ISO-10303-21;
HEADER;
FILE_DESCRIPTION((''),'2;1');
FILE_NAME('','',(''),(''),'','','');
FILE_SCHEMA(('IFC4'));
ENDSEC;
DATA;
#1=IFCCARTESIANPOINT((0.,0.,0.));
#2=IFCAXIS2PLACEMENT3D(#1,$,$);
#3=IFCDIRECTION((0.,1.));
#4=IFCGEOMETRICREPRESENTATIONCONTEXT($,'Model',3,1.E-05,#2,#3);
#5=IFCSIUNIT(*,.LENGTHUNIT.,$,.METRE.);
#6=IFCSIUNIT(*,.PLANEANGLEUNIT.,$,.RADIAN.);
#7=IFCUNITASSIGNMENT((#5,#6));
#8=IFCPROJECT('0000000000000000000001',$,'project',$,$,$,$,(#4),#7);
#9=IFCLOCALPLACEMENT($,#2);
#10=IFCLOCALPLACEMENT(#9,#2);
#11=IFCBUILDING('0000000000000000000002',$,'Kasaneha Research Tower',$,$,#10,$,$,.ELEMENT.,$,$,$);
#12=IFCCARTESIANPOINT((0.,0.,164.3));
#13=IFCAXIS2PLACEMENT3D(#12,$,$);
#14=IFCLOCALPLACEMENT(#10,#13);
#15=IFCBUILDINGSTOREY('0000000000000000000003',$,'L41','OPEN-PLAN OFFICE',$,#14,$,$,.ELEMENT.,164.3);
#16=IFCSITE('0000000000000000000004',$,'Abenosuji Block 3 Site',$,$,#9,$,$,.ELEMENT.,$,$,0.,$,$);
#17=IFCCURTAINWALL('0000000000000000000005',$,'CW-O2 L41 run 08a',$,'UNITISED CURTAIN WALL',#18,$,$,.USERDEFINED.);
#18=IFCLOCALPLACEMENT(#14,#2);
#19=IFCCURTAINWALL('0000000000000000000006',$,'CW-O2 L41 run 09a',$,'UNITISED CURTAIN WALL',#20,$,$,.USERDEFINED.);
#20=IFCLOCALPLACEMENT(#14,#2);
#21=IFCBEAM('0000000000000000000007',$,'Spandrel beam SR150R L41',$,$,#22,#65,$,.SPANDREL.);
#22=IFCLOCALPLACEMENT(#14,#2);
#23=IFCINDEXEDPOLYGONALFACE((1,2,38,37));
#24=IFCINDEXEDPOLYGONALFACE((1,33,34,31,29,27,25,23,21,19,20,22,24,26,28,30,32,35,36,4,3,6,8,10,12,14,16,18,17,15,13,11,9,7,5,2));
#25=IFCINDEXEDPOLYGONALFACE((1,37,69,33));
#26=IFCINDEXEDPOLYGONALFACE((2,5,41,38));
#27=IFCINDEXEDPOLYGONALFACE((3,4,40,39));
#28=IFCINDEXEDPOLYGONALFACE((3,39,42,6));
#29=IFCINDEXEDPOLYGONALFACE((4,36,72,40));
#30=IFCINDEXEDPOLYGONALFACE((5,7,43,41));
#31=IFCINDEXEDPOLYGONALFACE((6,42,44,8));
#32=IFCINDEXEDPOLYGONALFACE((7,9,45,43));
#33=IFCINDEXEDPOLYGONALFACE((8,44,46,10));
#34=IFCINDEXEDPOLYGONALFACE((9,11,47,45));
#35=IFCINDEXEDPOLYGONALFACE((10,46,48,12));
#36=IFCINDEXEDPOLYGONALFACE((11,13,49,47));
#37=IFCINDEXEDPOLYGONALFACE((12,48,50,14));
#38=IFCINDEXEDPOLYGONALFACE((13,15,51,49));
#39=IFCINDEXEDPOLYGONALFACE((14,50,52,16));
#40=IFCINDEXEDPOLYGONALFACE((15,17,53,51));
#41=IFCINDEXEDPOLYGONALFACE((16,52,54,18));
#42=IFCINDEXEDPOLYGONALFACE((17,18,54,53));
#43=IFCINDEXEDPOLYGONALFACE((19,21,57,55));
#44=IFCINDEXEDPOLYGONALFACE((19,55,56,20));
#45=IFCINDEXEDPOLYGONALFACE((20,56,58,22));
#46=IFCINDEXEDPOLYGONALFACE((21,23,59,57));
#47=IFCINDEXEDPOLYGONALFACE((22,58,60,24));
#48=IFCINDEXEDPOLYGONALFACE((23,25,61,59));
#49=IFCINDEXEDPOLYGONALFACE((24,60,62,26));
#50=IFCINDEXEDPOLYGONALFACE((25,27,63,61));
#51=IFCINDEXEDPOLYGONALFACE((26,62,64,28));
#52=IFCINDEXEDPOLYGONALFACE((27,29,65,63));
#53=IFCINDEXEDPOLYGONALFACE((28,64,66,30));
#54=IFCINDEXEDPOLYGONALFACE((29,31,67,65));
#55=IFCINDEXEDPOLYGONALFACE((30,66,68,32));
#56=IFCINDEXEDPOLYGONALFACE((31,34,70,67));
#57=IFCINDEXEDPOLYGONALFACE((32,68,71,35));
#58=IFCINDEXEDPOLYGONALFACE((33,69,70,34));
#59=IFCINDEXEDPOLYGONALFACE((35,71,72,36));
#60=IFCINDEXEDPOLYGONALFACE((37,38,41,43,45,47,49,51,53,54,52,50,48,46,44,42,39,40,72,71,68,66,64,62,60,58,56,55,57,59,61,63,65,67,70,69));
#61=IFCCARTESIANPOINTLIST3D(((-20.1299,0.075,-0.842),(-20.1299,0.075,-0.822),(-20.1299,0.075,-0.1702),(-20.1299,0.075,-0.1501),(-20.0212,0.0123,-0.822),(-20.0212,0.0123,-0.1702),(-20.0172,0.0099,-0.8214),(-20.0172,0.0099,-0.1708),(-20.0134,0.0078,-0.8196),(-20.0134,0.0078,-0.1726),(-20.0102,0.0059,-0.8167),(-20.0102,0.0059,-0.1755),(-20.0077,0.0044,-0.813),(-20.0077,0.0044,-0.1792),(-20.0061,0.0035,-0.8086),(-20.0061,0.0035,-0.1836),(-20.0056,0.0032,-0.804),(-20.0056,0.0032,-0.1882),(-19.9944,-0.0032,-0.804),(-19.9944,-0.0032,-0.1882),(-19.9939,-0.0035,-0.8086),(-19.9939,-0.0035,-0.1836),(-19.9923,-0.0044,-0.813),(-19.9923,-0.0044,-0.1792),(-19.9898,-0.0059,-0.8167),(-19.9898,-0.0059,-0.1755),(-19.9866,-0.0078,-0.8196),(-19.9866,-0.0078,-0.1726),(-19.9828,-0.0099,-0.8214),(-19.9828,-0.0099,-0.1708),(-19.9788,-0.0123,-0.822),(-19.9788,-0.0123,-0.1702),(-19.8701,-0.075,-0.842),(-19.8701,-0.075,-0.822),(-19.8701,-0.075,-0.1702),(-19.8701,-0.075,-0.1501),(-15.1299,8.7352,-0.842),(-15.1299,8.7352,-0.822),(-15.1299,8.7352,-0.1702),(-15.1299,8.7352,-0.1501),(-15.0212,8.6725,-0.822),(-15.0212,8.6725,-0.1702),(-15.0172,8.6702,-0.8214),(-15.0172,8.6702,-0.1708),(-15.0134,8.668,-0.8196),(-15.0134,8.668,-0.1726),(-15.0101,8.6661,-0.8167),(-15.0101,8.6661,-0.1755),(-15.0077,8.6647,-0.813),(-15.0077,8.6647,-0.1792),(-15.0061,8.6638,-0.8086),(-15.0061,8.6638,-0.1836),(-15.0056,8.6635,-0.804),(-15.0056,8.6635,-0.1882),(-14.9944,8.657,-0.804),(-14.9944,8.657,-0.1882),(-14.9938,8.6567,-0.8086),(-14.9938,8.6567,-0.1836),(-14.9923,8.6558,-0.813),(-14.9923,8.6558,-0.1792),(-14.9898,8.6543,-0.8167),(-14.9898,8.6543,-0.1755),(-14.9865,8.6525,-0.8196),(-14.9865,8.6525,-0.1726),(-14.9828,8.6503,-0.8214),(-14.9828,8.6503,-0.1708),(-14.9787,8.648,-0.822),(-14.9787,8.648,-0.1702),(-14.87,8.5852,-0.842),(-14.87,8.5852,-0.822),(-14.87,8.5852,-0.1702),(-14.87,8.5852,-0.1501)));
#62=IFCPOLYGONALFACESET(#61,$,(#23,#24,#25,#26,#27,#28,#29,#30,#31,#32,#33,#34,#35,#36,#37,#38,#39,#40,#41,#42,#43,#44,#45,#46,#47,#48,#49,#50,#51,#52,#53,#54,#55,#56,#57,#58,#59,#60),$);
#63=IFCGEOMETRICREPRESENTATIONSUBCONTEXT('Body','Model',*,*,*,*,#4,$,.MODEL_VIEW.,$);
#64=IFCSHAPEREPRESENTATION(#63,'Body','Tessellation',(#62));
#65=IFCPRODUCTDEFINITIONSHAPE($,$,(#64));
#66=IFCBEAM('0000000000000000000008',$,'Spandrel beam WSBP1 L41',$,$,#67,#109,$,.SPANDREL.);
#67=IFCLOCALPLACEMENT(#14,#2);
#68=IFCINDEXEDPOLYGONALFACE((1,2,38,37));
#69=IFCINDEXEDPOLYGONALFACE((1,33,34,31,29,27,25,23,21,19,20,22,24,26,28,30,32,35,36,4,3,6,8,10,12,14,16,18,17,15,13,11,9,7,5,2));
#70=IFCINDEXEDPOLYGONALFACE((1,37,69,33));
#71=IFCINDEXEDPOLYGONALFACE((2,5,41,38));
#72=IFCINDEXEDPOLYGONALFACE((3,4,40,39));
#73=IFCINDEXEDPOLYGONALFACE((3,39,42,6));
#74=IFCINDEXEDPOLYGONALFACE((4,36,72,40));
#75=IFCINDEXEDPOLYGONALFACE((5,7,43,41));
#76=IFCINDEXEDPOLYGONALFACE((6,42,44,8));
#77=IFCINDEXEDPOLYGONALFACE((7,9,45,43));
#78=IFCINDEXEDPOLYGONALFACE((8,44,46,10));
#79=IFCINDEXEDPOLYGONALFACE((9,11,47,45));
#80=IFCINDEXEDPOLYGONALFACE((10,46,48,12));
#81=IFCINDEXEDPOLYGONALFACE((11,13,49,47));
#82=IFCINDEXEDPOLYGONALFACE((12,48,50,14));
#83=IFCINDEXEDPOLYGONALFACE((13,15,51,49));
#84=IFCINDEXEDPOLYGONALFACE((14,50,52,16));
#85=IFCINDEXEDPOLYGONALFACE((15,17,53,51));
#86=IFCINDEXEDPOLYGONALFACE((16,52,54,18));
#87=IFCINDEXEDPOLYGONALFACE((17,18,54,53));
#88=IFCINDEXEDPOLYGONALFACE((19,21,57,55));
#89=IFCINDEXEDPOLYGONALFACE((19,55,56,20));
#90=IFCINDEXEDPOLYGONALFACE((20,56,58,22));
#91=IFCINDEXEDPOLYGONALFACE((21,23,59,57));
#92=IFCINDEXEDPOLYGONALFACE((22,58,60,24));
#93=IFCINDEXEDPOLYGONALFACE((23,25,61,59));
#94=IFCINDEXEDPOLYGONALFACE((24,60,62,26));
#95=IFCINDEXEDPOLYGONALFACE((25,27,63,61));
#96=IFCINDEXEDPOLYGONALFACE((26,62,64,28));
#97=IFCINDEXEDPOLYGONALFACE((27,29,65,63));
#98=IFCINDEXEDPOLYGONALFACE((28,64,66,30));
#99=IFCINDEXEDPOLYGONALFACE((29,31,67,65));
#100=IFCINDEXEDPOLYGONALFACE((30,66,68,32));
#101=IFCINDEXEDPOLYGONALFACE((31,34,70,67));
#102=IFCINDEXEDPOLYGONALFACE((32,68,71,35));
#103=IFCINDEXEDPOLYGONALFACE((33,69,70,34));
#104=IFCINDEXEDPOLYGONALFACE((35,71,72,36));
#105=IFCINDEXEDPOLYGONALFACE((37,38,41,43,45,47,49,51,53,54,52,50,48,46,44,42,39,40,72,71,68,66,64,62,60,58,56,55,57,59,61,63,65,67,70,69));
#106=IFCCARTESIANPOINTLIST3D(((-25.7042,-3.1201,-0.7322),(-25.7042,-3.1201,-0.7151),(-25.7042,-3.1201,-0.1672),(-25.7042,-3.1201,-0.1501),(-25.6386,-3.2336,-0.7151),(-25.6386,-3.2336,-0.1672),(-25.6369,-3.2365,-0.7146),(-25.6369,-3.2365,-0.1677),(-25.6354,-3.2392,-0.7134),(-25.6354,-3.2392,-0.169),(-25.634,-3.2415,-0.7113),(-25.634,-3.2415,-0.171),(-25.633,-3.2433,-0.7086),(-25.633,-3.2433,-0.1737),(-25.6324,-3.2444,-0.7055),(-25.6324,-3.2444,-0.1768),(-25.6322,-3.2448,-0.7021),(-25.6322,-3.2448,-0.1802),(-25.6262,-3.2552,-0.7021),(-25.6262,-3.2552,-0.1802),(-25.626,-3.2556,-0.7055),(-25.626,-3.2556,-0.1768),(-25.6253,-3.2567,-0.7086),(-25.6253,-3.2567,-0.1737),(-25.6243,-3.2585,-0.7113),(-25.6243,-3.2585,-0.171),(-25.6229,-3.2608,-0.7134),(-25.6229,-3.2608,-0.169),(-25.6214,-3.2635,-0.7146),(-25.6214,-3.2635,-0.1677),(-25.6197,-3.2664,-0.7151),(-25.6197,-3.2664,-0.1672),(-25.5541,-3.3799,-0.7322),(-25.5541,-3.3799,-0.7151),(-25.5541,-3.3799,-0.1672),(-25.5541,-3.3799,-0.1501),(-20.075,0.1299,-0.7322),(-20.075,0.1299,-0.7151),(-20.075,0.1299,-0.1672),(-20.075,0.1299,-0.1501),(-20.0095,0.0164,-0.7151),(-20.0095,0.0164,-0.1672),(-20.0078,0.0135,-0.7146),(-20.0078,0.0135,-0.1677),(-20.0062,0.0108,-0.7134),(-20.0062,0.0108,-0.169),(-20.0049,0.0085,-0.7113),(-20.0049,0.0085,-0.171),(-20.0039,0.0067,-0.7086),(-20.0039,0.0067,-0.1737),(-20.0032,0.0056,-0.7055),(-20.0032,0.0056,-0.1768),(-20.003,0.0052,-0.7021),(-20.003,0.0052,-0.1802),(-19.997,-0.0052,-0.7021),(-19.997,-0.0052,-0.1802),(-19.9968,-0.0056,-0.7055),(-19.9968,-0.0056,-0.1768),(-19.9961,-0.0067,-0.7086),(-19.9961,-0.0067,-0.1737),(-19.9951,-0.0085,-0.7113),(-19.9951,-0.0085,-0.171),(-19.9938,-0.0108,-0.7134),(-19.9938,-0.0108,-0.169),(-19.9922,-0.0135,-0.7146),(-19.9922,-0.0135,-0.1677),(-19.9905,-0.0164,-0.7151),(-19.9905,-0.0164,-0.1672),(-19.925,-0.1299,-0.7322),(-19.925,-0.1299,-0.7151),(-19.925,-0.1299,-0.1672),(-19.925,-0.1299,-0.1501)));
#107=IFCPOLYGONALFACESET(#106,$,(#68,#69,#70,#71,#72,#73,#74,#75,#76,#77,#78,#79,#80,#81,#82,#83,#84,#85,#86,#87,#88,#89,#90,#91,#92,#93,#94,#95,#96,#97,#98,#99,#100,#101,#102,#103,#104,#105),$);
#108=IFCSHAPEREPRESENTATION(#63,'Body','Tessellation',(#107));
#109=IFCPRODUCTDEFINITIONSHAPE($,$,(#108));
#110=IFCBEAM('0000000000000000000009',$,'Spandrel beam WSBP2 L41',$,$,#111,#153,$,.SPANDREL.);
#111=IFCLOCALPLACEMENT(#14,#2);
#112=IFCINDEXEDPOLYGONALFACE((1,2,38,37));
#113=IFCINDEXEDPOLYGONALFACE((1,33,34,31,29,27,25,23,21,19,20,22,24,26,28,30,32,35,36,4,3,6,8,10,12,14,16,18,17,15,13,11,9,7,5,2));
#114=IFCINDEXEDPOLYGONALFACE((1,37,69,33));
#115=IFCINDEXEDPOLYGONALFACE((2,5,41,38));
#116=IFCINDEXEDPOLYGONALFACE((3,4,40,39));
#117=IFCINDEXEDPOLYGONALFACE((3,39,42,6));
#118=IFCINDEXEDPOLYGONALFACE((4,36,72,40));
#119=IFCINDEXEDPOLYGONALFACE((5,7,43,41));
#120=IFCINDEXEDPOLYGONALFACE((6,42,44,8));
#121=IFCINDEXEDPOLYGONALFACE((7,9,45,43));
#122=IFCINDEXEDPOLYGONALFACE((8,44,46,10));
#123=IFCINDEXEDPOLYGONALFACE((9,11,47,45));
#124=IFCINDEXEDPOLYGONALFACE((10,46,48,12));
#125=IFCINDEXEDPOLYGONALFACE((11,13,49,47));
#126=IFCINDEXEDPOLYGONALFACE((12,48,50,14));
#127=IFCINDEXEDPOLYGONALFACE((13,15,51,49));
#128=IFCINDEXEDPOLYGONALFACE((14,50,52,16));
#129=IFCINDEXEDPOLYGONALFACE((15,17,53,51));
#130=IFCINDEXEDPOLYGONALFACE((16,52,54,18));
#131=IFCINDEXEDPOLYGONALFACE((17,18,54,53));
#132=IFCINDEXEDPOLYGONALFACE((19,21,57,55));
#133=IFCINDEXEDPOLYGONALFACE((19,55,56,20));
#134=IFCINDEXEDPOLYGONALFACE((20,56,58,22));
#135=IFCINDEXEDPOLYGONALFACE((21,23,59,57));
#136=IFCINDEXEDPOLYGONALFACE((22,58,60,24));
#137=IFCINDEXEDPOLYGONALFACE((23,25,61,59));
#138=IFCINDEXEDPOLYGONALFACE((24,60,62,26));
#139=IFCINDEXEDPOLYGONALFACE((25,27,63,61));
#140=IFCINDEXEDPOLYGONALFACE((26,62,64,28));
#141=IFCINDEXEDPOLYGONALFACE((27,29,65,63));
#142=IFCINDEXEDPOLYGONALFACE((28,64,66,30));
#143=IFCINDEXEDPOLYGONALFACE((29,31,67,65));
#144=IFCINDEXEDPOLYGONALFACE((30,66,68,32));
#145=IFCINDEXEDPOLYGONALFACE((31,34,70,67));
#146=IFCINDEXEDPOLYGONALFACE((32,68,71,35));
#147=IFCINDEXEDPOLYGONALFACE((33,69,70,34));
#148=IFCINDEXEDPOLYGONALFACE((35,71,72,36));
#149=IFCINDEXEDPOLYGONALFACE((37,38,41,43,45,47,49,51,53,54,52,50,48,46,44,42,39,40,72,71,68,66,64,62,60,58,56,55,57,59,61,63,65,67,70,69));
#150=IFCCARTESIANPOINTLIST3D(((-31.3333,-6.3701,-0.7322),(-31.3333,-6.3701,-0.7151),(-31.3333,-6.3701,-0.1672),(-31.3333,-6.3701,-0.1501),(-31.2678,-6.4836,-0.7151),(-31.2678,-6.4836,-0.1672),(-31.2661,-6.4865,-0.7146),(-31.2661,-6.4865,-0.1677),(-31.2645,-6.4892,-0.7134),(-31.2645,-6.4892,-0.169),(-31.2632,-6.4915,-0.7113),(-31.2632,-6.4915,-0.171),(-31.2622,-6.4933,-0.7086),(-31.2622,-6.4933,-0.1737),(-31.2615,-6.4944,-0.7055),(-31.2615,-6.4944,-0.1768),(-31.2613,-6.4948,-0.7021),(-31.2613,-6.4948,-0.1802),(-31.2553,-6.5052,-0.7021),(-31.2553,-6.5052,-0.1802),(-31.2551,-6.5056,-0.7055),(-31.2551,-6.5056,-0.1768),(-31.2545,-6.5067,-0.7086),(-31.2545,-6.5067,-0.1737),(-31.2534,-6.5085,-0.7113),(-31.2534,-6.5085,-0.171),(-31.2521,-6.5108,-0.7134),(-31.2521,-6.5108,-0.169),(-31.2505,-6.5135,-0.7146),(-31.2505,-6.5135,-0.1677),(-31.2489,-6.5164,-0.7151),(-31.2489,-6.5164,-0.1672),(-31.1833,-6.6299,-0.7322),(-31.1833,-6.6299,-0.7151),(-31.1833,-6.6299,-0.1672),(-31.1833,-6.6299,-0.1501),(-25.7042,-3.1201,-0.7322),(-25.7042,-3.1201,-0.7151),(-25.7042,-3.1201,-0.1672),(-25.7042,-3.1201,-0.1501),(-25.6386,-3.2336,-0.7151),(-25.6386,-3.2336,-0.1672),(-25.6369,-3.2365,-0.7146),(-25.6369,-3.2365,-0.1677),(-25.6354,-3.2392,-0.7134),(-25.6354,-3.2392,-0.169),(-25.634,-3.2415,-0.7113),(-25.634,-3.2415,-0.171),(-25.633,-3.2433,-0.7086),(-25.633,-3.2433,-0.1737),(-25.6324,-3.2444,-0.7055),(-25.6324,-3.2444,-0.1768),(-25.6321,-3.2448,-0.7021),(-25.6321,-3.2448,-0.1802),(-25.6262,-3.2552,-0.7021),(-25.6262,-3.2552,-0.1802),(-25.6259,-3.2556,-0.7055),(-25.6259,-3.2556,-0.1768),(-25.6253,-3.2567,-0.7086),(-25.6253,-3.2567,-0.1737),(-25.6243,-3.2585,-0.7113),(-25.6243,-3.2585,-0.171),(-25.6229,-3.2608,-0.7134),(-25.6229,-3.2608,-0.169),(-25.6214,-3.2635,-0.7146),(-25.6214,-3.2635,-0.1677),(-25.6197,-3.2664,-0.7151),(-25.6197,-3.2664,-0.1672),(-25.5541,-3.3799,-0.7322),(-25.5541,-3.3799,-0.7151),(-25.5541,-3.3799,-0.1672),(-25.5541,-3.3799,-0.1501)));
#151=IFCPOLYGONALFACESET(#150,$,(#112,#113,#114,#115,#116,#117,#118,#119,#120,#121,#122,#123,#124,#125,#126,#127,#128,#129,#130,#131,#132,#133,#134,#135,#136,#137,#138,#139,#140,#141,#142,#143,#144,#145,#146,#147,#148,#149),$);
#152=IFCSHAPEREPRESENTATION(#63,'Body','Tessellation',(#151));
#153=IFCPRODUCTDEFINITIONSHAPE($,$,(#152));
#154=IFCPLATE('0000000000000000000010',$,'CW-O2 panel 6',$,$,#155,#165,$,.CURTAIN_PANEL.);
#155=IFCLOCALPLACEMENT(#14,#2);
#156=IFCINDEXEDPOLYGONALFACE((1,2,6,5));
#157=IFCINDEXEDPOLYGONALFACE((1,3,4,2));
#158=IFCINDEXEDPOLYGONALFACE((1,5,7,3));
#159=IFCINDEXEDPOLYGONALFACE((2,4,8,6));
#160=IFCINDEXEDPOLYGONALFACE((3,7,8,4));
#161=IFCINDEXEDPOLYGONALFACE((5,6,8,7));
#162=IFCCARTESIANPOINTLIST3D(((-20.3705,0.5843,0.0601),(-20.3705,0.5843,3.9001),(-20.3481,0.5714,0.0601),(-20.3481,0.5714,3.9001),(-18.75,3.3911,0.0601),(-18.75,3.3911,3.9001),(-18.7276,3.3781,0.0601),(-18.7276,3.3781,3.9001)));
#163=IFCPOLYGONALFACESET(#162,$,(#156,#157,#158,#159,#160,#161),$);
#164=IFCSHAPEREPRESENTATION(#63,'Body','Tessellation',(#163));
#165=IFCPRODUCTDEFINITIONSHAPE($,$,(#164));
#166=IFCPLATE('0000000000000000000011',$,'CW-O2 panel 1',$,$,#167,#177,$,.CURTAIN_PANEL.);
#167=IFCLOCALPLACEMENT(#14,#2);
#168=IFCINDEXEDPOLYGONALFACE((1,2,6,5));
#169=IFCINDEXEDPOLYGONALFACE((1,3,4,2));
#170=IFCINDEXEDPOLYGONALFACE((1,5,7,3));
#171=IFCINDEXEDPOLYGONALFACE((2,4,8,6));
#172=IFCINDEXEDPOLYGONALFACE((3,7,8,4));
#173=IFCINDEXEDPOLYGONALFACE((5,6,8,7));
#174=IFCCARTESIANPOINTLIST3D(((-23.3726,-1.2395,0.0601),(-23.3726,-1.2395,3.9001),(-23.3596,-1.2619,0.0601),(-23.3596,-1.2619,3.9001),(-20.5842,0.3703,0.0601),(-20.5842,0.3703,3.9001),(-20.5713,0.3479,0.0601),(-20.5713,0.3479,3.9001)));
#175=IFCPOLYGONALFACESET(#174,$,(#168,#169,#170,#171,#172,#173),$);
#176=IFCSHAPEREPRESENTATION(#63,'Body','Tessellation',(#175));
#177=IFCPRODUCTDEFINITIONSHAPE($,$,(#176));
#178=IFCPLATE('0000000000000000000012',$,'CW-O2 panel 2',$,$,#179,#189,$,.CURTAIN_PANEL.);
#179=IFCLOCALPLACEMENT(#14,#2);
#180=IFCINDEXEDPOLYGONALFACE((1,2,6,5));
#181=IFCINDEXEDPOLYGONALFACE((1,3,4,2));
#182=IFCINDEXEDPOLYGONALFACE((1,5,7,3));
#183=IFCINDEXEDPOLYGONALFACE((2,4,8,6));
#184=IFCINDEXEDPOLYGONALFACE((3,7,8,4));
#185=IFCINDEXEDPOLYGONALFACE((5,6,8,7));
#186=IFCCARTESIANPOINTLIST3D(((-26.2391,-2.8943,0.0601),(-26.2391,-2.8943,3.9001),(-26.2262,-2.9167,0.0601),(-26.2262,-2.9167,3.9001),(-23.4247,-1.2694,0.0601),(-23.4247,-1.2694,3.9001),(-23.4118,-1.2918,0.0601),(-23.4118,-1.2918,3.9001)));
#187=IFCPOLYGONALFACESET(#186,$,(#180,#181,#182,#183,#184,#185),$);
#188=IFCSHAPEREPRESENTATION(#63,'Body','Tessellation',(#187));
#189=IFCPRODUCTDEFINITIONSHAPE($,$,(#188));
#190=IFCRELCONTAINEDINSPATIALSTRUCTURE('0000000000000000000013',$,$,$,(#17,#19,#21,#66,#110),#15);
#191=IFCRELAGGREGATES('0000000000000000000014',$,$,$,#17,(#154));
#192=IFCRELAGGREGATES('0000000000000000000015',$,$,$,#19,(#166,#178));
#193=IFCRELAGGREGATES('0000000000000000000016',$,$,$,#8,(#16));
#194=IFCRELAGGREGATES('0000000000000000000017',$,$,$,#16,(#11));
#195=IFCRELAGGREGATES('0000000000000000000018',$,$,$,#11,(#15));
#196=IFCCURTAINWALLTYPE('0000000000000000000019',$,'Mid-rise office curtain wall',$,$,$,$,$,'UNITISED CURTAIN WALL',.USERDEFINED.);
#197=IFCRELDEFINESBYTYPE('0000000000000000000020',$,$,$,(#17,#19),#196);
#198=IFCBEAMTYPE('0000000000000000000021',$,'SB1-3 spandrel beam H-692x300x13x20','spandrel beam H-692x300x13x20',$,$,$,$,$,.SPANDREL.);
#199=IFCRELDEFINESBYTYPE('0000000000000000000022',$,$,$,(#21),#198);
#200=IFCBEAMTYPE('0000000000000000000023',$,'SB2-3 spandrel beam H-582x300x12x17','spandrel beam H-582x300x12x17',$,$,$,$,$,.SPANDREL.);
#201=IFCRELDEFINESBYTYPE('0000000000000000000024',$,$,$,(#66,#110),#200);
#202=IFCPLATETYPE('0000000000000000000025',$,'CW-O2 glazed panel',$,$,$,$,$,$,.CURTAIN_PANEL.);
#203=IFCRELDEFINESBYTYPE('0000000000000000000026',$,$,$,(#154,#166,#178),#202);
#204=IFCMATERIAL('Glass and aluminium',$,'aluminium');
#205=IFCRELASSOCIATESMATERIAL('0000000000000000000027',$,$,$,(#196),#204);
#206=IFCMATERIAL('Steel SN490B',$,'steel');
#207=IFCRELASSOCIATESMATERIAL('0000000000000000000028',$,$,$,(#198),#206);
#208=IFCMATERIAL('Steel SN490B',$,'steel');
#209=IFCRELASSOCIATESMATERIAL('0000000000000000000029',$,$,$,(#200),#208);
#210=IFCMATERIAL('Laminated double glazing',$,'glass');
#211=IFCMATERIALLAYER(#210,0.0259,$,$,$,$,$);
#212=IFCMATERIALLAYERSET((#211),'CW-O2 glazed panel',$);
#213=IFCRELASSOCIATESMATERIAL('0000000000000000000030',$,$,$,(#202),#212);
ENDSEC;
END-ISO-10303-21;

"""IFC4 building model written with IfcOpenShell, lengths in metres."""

from ifc_helpers import new_model, si_unit, direction, frame, origin, origin_2d, place, context, subcontext, project, spatial, rectangle, i_section, extrude, material, layer, layer_set, material_profile, profile_set, type_object, element, aggregate, save


model = new_model("IFC4")

# Units and contexts
model_context = context("Model", 3, precision=1e-05, world=origin(), true_north=direction((0.0, 1.0)))
body_context = subcontext(model_context, "Body", "Model", "MODEL_VIEW")
ifc_project = project(units=[si_unit("LENGTHUNIT", "METRE"), si_unit("PLANEANGLEUNIT", "RADIAN")], contexts=[model_context])

# Site, building, storey
site_placement = place(None, origin())
site = spatial("IfcSite", under=ifc_project, at=site_placement, Name="Abenosuji Block 3 Site", CompositionType="ELEMENT", RefElevation=0.0)
building_placement = place(site_placement, origin())
building = spatial("IfcBuilding", under=site, at=building_placement, Name="Kasaneha Research Tower", CompositionType="ELEMENT")
storey_placement = place(building_placement, frame((0.0, 0.0, 164.3)))
storey = spatial("IfcBuildingStorey", under=building, at=storey_placement, Name="L41", Description="OPEN-PLAN OFFICE", CompositionType="ELEMENT", Elevation=164.3)

# Curtain wall
ifc_material_1 = material(Name="Glass and aluminium", Category="aluminium")
curtain_wall_type = type_object("IfcCurtainWallType", Name="Mid-rise office curtain wall", ElementType="UNITISED CURTAIN WALL", PredefinedType="USERDEFINED", material=ifc_material_1)
curtain_wall_1_placement = place(storey_placement, origin())
curtain_wall_1 = element("IfcCurtainWall", 1, at=curtain_wall_1_placement, inside=storey, type_object=curtain_wall_type, Name="CW-O2 L41 run 08a", ObjectType="UNITISED CURTAIN WALL", PredefinedType="USERDEFINED")

# Curtain wall
curtain_wall_2_placement = place(storey_placement, origin())
curtain_wall_2 = element("IfcCurtainWall", 2, at=curtain_wall_2_placement, inside=storey, type_object=curtain_wall_type, Name="CW-O2 L41 run 09a", ObjectType="UNITISED CURTAIN WALL", PredefinedType="USERDEFINED")

# Beams
ifc_material_2 = material(Name="Steel SN490B", Category="steel")
ifc_material_profile_1 = material_profile(ifc_material_2, i_section(OverallWidth=0.3, OverallDepth=0.6919, WebThickness=0.0129, FlangeThickness=0.02, FilletRadius=0.0181, at=origin_2d()), Name="H-692x300x13x20")
ifc_profile_set_1 = profile_set([ifc_material_profile_1], Name="Steel SN490B")
beam_type_1 = type_object("IfcBeamType", Name="SB1-3 spandrel beam H-692x300x13x20", Description="spandrel beam H-692x300x13x20", PredefinedType="SPANDREL", material=ifc_profile_set_1)
beam_1_placement = place(storey_placement, frame((-20.0, 0.0, -0.4961), z_axis=(0.500004, 0.866023, 0.0), x_axis=(-0.866023, 0.500004, 0.0)))
element("IfcBeam", 3, at=beam_1_placement, inside=storey, type_object=beam_type_1, Name="Spandrel beam SR150R L41", PredefinedType="SPANDREL", context=body_context, shape_type="SweptSolid", body=[
    extrude(i_section(OverallWidth=0.3, OverallDepth=0.6919, WebThickness=0.0129, FlangeThickness=0.02, FilletRadius=0.0181, at=origin_2d()), origin(), (0.0, 0.0, 1.0), 10.0),
])
ifc_material_3 = material(Name="Steel SN490B", Category="steel")
ifc_material_profile_2 = material_profile(ifc_material_3, i_section(OverallWidth=0.3, OverallDepth=0.582, WebThickness=0.012, FlangeThickness=0.0171, FilletRadius=0.0129, at=origin_2d()), Name="H-582x300x12x17")
ifc_profile_set_2 = profile_set([ifc_material_profile_2], Name="Steel SN490B")
beam_type_2 = type_object("IfcBeamType", Name="SB2-3 spandrel beam H-582x300x12x17", Description="spandrel beam H-582x300x12x17", PredefinedType="SPANDREL", material=ifc_profile_set_2)
for number, where, z_axis, x_axis, name in (
    (4, (-20.0, 0.0, -0.4412), (-0.866025, -0.500001, 0.0), (0.500001, -0.866025, 0.0), "Spandrel beam WSBP1 L41"),
    (5, (-25.6292, -3.25, -0.4412), (-0.866025, -0.500001, 0.0), (0.500001, -0.866025, 0.0), "Spandrel beam WSBP2 L41"),
):
    element("IfcBeam", number, at=place(storey_placement, frame(where, z_axis=z_axis, x_axis=x_axis)), inside=storey, type_object=beam_type_2, Name=name, PredefinedType="SPANDREL", context=body_context, shape_type="SweptSolid", body=[
        extrude(i_section(OverallWidth=0.3, OverallDepth=0.582, WebThickness=0.012, FlangeThickness=0.0171, FilletRadius=0.0129, at=origin_2d()), origin(), (0.0, 0.0, 1.0), 6.5),
    ])

# Plates
ifc_material_4 = material(Name="Laminated double glazing", Category="glass")
ifc_layer_1 = layer(ifc_material_4, 0.0259)
ifc_layer_set_1 = layer_set([ifc_layer_1], Name="CW-O2 glazed panel")
plate_type = type_object("IfcPlateType", Name="CW-O2 glazed panel", PredefinedType="CURTAIN_PANEL", material=ifc_layer_set_1)
plate_1_placement = place(storey_placement, frame((-19.5491, 1.9812, 0.0601), z_axis=(0.0, 0.0, 1.0), x_axis=(-0.5, -0.866025, 0.0)))
plate_1 = element("IfcPlate", 6, at=plate_1_placement, type_object=plate_type, Name="CW-O2 panel 6", PredefinedType="CURTAIN_PANEL", context=body_context, shape_type="SweptSolid", body=[
    extrude(rectangle(XDim=3.241, YDim=0.0259, at=origin_2d()), origin(), (0.0, 0.0, 1.0), 3.8401),
])
aggregate(curtain_wall_1, [plate_1])
plate_2_placement = place(storey_placement, frame((-21.9719, -0.4458, 0.0601), z_axis=(0.0, 0.0, 1.0), x_axis=(-0.866025, -0.5, 0.0)))
plate_2 = element("IfcPlate", 7, at=plate_2_placement, type_object=plate_type, Name="CW-O2 panel 1", PredefinedType="CURTAIN_PANEL", context=body_context, shape_type="SweptSolid", body=[
    extrude(rectangle(XDim=3.2197, YDim=0.0259, at=origin_2d()), origin(), (0.0, 0.0, 1.0), 3.8401),
])
plate_3_placement = place(storey_placement, frame((-24.8254, -2.093, 0.0601), z_axis=(0.0, 0.0, 1.0), x_axis=(-0.866025, -0.5, 0.0)))
plate_3 = element("IfcPlate", 8, at=plate_3_placement, type_object=plate_type, Name="CW-O2 panel 2", PredefinedType="CURTAIN_PANEL", context=body_context, shape_type="SweptSolid", body=[
    extrude(rectangle(XDim=3.2498, YDim=0.0259, at=origin_2d()), origin(), (0.0, 0.0, 1.0), 3.8401),
])
aggregate(curtain_wall_2, [plate_2, plate_3])

save(model, "model.ifc")
